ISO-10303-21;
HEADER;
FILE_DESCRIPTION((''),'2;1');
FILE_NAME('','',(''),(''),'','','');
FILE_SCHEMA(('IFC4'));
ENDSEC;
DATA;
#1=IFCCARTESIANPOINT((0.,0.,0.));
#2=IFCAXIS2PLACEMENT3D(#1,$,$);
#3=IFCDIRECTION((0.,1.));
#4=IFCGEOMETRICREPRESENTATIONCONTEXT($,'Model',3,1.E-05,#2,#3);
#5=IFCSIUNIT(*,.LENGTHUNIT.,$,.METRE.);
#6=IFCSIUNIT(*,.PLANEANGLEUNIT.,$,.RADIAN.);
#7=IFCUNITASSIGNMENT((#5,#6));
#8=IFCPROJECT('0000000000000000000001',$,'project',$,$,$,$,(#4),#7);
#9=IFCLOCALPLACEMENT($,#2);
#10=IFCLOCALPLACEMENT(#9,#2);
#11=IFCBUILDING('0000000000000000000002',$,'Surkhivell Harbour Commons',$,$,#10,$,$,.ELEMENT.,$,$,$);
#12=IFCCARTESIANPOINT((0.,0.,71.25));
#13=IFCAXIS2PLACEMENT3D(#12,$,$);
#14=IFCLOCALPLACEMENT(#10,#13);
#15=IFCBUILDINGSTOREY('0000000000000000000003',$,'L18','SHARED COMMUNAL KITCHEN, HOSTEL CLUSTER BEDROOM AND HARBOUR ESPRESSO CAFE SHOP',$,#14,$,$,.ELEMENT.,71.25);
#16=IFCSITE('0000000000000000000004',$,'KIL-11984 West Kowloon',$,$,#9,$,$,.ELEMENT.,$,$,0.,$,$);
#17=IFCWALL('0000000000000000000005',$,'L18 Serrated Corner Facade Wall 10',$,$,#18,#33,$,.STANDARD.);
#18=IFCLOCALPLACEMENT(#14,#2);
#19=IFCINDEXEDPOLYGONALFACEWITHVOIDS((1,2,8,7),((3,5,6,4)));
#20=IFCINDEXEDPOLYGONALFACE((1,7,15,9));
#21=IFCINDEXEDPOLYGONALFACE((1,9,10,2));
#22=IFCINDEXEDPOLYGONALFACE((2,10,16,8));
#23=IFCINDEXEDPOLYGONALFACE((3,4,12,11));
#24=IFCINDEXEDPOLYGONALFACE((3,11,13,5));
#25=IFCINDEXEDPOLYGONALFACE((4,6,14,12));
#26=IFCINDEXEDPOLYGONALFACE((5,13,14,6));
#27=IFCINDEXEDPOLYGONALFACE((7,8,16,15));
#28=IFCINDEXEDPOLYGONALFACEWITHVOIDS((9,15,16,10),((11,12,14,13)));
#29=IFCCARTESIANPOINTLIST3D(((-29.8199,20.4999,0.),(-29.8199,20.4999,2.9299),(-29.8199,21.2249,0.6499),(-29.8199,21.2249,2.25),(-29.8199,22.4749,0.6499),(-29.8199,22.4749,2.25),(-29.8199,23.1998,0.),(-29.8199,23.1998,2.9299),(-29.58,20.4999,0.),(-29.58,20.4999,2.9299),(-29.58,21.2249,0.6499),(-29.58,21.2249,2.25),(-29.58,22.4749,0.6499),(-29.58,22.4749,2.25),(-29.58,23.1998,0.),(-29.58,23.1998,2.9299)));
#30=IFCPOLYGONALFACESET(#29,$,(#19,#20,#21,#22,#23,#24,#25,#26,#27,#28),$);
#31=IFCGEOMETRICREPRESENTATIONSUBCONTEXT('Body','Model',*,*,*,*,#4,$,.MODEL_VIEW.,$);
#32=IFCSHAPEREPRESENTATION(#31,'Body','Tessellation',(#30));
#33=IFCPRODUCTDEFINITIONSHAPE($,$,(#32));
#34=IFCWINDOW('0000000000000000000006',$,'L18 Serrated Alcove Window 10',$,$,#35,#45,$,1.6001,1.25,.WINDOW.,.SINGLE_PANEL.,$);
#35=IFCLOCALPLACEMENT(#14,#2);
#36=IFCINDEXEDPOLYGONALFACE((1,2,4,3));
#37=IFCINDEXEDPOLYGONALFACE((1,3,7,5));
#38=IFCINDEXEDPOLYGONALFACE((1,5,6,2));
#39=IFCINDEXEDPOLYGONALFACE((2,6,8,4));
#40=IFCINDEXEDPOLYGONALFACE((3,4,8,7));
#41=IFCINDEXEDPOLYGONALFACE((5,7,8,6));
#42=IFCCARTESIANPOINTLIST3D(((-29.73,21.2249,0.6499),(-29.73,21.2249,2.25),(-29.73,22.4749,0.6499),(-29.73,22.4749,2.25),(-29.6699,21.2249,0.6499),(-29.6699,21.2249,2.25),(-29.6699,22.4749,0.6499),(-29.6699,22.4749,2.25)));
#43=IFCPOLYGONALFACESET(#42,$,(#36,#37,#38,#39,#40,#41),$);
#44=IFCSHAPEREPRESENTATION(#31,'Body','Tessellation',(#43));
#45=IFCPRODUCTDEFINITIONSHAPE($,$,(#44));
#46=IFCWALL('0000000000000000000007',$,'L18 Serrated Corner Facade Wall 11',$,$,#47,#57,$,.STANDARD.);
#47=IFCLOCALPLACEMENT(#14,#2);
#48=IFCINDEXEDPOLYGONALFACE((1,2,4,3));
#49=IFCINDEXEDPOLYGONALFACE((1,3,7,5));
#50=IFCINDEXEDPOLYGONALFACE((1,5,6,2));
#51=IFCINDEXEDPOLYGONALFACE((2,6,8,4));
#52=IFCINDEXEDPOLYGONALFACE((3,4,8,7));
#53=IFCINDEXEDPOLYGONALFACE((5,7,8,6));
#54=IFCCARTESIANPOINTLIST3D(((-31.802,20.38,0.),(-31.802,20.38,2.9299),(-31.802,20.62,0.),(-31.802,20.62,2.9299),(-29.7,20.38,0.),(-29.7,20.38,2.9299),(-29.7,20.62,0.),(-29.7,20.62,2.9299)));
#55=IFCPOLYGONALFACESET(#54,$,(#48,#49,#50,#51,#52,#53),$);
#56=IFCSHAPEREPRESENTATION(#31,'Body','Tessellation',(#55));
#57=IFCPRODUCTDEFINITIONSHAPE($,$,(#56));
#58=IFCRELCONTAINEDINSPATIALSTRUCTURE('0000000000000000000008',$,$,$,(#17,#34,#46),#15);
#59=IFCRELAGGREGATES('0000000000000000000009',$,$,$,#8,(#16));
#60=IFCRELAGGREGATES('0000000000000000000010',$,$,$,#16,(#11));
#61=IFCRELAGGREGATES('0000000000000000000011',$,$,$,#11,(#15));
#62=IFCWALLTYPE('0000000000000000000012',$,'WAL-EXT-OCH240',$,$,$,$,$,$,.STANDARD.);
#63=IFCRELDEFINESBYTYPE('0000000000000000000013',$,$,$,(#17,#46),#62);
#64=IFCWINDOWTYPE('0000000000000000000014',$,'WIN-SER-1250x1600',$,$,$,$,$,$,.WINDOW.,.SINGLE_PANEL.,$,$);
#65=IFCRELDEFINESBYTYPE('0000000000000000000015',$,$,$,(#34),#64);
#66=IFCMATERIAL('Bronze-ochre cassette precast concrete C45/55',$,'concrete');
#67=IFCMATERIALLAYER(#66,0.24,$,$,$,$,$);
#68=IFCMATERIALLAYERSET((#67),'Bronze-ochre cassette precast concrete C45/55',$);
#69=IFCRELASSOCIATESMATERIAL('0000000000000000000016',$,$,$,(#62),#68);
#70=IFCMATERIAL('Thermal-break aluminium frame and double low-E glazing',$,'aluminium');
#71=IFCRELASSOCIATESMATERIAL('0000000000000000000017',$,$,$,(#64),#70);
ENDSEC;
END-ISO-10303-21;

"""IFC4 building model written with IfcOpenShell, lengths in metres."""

from ifc_helpers import new_model, si_unit, direction, frame, frame_2d, origin, place, context, subcontext, project, spatial, rectangle, extrude, material, layer, layer_set, type_object, element, fill, save


model = new_model("IFC4")

# Units and contexts
model_context = context("Model", 3, precision=1e-05, world=origin(), true_north=direction((0.0, 1.0)))
body_context = subcontext(model_context, "Body", "Model", "MODEL_VIEW")
ifc_project = project(units=[si_unit("LENGTHUNIT", "METRE"), si_unit("PLANEANGLEUNIT", "RADIAN")], contexts=[model_context])

# Site, building, storey
site_placement = place(None, origin())
site = spatial("IfcSite", under=ifc_project, at=site_placement, Name="KIL-11984 West Kowloon", CompositionType="ELEMENT", RefElevation=0.0)
building_placement = place(site_placement, origin())
building = spatial("IfcBuilding", under=site, at=building_placement, Name="Surkhivell Harbour Commons", CompositionType="ELEMENT")
storey_placement = place(building_placement, frame((0.0, 0.0, 71.25)))
storey = spatial("IfcBuildingStorey", under=building, at=storey_placement, Name="L18", Description="SHARED COMMUNAL KITCHEN, HOSTEL CLUSTER BEDROOM AND HARBOUR ESPRESSO CAFE SHOP", CompositionType="ELEMENT", Elevation=71.25)

# Shared definitions
ifc_material_1 = material(Name="Bronze-ochre cassette precast concrete C45/55", Category="concrete")
ifc_layer_1 = layer(ifc_material_1, 0.24)
ifc_layer_set_1 = layer_set([ifc_layer_1], Name="Bronze-ochre cassette precast concrete C45/55")
wall_type = type_object("IfcWallType", Name="WAL-EXT-OCH240", PredefinedType="STANDARD", material=ifc_layer_set_1)

# Wall, opening, window
wall_1_placement = place(storey_placement, frame((-29.7, 23.2, 0.0), z_axis=(0.0, 0.0, 1.0), x_axis=(0.0, -1.0, 0.0)))
wall_1 = element("IfcWall", 1, at=wall_1_placement, inside=storey, type_object=wall_type, Name="L18 Serrated Corner Facade Wall 10", PredefinedType="STANDARD", context=body_context, shape_type="SweptSolid", body=[
    extrude(rectangle(XDim=2.7, YDim=0.24, at=frame_2d((1.3501, 0.0))), origin(), (0.0, 0.0, 1.0), 2.9299),
])
opening_placement = place(wall_1_placement, frame((0.7251, 0.0, 0.6499)))
opening = element("IfcOpeningElement", 2, at=opening_placement, cuts=wall_1, PredefinedType="OPENING", context=body_context, shape_type="SweptSolid", body=[
    extrude(rectangle(XDim=1.25, YDim=1.6001, at=frame_2d((0.625, 0.8))), frame((0.0, 0.1299, 0.0), z_axis=(0.0, -1.0, 0.0), x_axis=(1.0, 0.0, 0.0)), (0.0, 0.0, 1.0), 0.26),
])
ifc_material_2 = material(Name="Thermal-break aluminium frame and double low-E glazing", Category="aluminium")
window_type = type_object("IfcWindowType", Name="WIN-SER-1250x1600", PartitioningType="SINGLE_PANEL", PredefinedType="WINDOW", material=ifc_material_2)
window_placement = place(opening_placement, origin())
window = element("IfcWindow", 3, at=window_placement, inside=storey, type_object=window_type, Name="L18 Serrated Alcove Window 10", OverallHeight=1.6001, OverallWidth=1.25, PartitioningType="SINGLE_PANEL", PredefinedType="WINDOW", context=body_context, shape_type="SweptSolid", body=[
    extrude(rectangle(XDim=1.25, YDim=1.6001, at=frame_2d((0.625, 0.8))), frame((0.0, 0.03, 0.0), z_axis=(0.0, -1.0, 0.0), x_axis=(1.0, 0.0, 0.0)), (0.0, 0.0, 1.0), 0.0601),
])
fill(opening, window)

# Wall
wall_2_placement = place(storey_placement, frame((-29.7, 20.5, 0.0), z_axis=(0.0, 0.0, 1.0), x_axis=(-1.0, 0.0, 0.0)))
element("IfcWall", 4, at=wall_2_placement, inside=storey, type_object=wall_type, Name="L18 Serrated Corner Facade Wall 11", PredefinedType="STANDARD", context=body_context, shape_type="SweptSolid", body=[
    extrude(rectangle(XDim=2.1021, YDim=0.24, at=frame_2d((1.051, 0.0))), origin(), (0.0, 0.0, 1.0), 2.9299),
])

save(model, "model.ifc")
